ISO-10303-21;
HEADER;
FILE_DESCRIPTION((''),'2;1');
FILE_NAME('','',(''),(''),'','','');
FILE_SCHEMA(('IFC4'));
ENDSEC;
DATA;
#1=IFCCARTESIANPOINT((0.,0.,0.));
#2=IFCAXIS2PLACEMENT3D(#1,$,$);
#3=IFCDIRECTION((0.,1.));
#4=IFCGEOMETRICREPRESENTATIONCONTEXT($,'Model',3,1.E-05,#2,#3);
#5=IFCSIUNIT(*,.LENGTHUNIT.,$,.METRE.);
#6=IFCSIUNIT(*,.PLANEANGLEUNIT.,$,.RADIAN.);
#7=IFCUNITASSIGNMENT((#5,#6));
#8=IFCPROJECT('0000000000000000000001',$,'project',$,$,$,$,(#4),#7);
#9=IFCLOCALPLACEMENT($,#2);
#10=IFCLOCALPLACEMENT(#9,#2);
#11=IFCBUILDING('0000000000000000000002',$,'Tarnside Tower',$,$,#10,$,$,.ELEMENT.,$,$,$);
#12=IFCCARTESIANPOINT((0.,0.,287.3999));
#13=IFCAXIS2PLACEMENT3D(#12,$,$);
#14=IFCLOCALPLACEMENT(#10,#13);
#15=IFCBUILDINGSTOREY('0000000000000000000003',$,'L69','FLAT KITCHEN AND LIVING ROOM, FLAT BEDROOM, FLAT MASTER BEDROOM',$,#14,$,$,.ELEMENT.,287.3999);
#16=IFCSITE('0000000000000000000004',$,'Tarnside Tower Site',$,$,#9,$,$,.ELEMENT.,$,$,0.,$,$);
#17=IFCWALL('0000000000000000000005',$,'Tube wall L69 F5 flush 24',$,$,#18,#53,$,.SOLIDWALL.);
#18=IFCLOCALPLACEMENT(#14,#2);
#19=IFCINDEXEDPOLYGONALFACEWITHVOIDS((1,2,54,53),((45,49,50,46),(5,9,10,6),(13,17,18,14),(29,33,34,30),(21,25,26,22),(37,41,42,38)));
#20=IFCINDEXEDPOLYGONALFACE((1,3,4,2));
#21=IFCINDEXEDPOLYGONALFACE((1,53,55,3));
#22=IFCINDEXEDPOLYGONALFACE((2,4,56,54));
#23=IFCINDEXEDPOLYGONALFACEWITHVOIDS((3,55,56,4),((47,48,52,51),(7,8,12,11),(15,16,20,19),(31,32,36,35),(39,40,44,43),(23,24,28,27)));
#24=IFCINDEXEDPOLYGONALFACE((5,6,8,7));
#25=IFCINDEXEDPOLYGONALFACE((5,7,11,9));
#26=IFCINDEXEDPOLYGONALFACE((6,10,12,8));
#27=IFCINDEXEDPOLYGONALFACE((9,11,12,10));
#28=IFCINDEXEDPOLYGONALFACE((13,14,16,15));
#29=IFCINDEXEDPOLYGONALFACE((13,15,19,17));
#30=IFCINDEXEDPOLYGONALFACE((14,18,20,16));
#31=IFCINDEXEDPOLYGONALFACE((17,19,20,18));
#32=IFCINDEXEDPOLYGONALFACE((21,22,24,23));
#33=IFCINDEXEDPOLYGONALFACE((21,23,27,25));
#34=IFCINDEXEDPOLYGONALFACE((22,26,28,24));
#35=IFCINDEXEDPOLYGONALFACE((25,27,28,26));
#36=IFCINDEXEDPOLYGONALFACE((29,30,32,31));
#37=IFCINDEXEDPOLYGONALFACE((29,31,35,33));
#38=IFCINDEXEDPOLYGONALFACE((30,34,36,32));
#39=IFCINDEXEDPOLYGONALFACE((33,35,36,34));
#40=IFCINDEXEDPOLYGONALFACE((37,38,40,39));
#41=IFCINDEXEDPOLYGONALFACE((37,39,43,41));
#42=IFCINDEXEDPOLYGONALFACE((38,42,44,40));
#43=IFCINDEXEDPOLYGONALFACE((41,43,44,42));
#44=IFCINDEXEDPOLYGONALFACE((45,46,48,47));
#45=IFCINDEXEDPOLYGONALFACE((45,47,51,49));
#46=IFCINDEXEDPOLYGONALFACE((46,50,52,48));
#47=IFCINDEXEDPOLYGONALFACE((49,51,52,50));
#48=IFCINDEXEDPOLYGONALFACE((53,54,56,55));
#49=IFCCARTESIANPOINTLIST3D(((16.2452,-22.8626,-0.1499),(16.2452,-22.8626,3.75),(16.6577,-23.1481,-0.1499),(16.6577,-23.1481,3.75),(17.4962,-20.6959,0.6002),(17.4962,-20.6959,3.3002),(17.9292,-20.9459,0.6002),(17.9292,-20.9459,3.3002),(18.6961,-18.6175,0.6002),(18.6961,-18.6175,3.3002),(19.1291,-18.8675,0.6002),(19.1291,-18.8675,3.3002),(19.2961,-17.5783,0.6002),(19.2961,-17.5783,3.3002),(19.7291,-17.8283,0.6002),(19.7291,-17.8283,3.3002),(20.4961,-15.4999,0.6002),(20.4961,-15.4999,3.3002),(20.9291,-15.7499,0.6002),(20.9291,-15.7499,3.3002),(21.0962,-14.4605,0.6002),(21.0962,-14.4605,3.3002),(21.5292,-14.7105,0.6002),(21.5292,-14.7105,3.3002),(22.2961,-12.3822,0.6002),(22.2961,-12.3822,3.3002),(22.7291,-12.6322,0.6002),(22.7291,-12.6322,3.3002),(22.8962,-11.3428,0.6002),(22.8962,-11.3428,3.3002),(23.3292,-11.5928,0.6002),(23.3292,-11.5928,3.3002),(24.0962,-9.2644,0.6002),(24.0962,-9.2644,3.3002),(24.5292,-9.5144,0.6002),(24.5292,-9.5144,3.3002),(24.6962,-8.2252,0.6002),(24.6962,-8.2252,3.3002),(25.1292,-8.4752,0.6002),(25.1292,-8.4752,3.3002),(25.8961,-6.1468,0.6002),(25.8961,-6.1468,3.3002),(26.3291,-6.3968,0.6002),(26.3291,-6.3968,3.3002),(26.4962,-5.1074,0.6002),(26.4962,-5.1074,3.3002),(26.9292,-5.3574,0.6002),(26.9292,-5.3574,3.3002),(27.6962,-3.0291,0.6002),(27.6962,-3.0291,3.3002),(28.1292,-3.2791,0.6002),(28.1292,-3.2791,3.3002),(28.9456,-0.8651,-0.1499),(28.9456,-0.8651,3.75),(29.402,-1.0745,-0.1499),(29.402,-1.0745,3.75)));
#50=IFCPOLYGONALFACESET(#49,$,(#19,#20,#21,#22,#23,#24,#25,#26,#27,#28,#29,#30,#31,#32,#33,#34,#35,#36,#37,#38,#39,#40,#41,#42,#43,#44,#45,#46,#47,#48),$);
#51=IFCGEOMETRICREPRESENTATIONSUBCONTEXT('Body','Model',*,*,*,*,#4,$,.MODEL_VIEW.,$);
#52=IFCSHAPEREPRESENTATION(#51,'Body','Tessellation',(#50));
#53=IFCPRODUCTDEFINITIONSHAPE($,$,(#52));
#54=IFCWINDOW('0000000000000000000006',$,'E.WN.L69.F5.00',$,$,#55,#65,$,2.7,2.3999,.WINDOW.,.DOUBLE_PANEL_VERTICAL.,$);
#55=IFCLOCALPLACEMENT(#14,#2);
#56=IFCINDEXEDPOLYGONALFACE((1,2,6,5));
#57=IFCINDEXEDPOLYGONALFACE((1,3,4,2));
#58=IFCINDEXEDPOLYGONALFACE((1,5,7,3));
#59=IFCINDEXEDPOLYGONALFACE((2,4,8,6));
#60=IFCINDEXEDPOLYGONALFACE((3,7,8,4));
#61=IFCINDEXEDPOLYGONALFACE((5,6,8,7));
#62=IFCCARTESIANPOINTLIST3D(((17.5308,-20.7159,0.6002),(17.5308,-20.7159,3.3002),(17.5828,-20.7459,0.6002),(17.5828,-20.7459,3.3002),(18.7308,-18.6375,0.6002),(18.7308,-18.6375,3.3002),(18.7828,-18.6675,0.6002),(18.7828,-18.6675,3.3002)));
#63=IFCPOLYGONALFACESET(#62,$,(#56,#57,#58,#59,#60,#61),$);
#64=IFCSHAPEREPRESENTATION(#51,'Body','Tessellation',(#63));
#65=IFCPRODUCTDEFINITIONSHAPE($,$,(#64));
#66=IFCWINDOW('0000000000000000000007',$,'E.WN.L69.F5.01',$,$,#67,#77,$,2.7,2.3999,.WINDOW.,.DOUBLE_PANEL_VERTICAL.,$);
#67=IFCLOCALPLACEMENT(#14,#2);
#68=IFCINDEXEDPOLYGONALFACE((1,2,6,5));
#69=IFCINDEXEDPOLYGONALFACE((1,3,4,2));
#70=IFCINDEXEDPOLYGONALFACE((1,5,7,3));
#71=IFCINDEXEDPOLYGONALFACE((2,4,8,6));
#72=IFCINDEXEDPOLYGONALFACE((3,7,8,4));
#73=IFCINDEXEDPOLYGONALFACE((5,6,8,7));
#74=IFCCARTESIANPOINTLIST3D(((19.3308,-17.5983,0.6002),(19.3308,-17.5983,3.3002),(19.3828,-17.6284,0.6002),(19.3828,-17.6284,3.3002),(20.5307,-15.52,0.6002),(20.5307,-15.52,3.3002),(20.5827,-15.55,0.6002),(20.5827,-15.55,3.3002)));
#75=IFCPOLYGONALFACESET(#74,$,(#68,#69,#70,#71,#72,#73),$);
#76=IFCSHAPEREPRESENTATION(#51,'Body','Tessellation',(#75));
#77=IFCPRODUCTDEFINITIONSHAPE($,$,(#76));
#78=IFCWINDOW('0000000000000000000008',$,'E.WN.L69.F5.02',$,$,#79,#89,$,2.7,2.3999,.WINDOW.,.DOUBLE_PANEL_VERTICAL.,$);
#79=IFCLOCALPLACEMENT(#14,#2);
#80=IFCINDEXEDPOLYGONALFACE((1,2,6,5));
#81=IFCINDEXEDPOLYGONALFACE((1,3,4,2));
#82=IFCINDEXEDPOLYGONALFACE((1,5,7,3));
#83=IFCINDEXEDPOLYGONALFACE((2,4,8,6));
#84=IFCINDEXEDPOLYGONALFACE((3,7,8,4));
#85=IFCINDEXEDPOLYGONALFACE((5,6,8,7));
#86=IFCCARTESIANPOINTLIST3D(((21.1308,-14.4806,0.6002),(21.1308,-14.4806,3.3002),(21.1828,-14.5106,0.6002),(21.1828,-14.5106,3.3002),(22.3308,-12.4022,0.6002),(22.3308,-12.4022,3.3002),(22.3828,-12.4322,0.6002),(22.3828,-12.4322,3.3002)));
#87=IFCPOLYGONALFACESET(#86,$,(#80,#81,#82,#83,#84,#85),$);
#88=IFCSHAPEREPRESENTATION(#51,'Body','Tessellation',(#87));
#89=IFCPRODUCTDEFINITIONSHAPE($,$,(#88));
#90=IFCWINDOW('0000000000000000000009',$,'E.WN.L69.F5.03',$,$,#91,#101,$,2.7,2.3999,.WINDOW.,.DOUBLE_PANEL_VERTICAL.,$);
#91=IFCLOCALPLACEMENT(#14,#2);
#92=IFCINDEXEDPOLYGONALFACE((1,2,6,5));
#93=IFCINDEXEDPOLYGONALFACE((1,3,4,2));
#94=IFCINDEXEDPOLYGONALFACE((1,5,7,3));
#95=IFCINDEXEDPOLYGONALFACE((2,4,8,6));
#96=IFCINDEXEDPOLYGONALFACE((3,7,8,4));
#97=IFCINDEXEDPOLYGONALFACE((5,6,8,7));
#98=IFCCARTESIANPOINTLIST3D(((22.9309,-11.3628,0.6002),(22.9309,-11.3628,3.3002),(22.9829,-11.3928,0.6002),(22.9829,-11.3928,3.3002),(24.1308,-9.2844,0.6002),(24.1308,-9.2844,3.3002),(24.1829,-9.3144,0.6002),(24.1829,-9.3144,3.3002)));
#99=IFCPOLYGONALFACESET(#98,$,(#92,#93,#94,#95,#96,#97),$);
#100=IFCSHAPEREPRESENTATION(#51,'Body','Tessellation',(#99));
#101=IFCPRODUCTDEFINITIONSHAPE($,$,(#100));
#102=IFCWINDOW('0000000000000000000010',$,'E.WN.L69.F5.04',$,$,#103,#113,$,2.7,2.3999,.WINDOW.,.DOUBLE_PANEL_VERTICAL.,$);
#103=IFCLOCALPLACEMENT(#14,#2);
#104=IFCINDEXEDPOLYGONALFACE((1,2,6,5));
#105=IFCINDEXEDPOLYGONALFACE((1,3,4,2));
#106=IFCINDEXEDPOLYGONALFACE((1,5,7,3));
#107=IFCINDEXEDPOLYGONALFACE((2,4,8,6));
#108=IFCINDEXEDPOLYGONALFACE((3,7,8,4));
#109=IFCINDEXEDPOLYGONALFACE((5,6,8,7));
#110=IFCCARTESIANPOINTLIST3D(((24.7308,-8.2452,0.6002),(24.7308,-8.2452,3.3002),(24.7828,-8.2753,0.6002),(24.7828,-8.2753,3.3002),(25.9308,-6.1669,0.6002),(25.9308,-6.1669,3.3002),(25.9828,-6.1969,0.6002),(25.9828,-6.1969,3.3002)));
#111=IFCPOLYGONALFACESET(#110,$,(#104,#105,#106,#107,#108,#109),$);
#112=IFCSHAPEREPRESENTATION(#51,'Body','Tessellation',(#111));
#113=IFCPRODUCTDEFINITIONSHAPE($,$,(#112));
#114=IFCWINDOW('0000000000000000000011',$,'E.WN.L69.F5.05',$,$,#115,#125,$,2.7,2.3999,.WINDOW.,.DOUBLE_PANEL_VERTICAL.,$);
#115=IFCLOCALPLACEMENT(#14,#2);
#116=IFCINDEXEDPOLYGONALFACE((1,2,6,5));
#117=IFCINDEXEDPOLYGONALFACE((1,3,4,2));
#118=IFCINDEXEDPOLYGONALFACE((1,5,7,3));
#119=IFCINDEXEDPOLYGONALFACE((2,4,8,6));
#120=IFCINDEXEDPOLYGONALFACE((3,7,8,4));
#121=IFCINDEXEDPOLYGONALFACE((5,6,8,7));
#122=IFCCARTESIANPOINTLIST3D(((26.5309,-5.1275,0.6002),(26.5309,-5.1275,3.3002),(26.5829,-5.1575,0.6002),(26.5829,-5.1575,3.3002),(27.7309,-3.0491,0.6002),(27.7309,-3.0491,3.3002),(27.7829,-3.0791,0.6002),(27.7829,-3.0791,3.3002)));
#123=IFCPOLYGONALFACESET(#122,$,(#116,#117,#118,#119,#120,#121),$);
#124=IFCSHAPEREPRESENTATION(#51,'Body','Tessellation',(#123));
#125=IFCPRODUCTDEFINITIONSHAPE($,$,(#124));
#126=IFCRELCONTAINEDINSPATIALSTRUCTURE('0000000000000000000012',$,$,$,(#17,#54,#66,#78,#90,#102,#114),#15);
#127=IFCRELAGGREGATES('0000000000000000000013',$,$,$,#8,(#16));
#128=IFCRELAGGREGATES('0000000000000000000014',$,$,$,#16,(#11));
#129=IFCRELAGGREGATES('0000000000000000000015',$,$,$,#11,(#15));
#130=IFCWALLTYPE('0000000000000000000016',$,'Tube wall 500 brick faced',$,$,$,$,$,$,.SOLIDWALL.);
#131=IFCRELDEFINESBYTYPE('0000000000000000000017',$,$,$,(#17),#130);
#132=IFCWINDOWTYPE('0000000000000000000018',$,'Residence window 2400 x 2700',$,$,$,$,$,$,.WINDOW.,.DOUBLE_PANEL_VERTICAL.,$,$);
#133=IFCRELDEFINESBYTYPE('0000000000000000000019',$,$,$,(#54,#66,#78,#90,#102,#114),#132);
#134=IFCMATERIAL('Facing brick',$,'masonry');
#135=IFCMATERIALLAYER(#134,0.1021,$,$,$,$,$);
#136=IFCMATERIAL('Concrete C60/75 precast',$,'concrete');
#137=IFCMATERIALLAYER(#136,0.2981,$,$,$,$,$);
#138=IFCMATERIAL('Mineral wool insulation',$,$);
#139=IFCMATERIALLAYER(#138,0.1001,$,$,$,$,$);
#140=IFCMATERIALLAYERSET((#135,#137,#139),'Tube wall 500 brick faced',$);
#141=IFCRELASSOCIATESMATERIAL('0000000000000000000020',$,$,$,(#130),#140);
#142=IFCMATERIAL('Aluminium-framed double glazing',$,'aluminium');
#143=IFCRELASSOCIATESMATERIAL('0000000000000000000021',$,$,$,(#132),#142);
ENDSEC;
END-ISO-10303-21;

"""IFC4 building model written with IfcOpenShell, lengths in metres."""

from ifc_helpers import new_model, si_unit, direction, frame, frame_2d, origin, place, context, subcontext, project, spatial, polyline, rectangle, outline, extrude, material, layer, layer_set, type_object, element, fill, save


model = new_model("IFC4")

# Units and contexts
model_context = context("Model", 3, precision=1e-05, world=origin(), true_north=direction((0.0, 1.0)))
body_context = subcontext(model_context, "Body", "Model", "MODEL_VIEW")
ifc_project = project(units=[si_unit("LENGTHUNIT", "METRE"), si_unit("PLANEANGLEUNIT", "RADIAN")], contexts=[model_context])

# Site, building, storey
site_placement = place(None, origin())
site = spatial("IfcSite", under=ifc_project, at=site_placement, Name="Tarnside Tower Site", CompositionType="ELEMENT", RefElevation=0.0)
building_placement = place(site_placement, origin())
building = spatial("IfcBuilding", under=site, at=building_placement, Name="Tarnside Tower", CompositionType="ELEMENT")
storey_placement = place(building_placement, frame((0.0, 0.0, 287.3999)))
storey = spatial("IfcBuildingStorey", under=building, at=storey_placement, Name="L69", Description="FLAT KITCHEN AND LIVING ROOM, FLAT BEDROOM, FLAT MASTER BEDROOM", CompositionType="ELEMENT", Elevation=287.3999)

# Shared definitions
ifc_material_1 = material(Name="Concrete C60/75 precast", Category="concrete")
ifc_material_2 = material(Name="Mineral wool insulation")

# Shared definitions
ifc_material_3 = material(Name="Facing brick", Category="masonry")
ifc_layer_1 = layer(ifc_material_3, 0.1021)
ifc_layer_2 = layer(ifc_material_1, 0.2981)
ifc_layer_3 = layer(ifc_material_2, 0.1001)
ifc_layer_set_1 = layer_set([ifc_layer_1, ifc_layer_2, ifc_layer_3], Name="Tube wall 500 brick faced")
wall_type_1 = type_object("IfcWallType", Name="Tube wall 500 brick faced", PredefinedType="SOLIDWALL", material=ifc_layer_set_1)

# Wall, openings, windows
wall_1_placement = place(storey_placement, frame((16.4514, -23.0054, -0.1499), z_axis=(0.0, 0.0, 1.0), x_axis=(0.500004, 0.866023, 0.0)))
wall_1 = element("IfcWall", 1, at=wall_1_placement, inside=storey, type_object=wall_type_1, Name="Tube wall L69 F5 flush 24", PredefinedType="SOLIDWALL", context=body_context, shape_type="SweptSolid", body=[
    extrude(outline(polyline([(-0.0205, -0.25), (25.468, -0.25), (25.4211, 0.25), (0.0205, 0.25), (-0.0205, -0.25)])), origin(), (0.0, 0.0, 1.0), 3.8999),
])
opening_1_placement = place(wall_1_placement, frame((2.5225, 0.0, 0.75)))
opening_1 = element("IfcOpeningElement", 2, at=opening_1_placement, cuts=wall_1, PredefinedType="OPENING", context=body_context, shape_type="SweptSolid", body=[
    extrude(rectangle(XDim=2.3999, YDim=2.7, at=frame_2d((1.2, 1.3501))), frame((0.0, 0.26, 0.0), z_axis=(0.0, -1.0, 0.0), x_axis=(1.0, 0.0, 0.0)), (0.0, 0.0, 1.0), 0.52),
])
opening_2_placement = place(wall_1_placement, frame((6.1223, 0.0, 0.75)))
opening_2 = element("IfcOpeningElement", 3, at=opening_2_placement, cuts=wall_1, PredefinedType="OPENING", context=body_context, shape_type="SweptSolid", body=[
    extrude(rectangle(XDim=2.3999, YDim=2.7, at=frame_2d((1.2, 1.3501))), frame((0.0, 0.26, 0.0), z_axis=(0.0, -1.0, 0.0), x_axis=(1.0, 0.0, 0.0)), (0.0, 0.0, 1.0), 0.52),
])
opening_3_placement = place(wall_1_placement, frame((9.7224, 0.0, 0.75)))
opening_3 = element("IfcOpeningElement", 4, at=opening_3_placement, cuts=wall_1, PredefinedType="OPENING", context=body_context, shape_type="SweptSolid", body=[
    extrude(rectangle(XDim=2.3999, YDim=2.7, at=frame_2d((1.2, 1.3501))), frame((0.0, 0.26, 0.0), z_axis=(0.0, -1.0, 0.0), x_axis=(1.0, 0.0, 0.0)), (0.0, 0.0, 1.0), 0.52),
])
opening_4_placement = place(wall_1_placement, frame((13.3225, 0.0, 0.75)))
opening_4 = element("IfcOpeningElement", 5, at=opening_4_placement, cuts=wall_1, PredefinedType="OPENING", context=body_context, shape_type="SweptSolid", body=[
    extrude(rectangle(XDim=2.3999, YDim=2.7, at=frame_2d((1.2, 1.3501))), frame((0.0, 0.26, 0.0), z_axis=(0.0, -1.0, 0.0), x_axis=(1.0, 0.0, 0.0)), (0.0, 0.0, 1.0), 0.52),
])
opening_5_placement = place(wall_1_placement, frame((16.9224, 0.0, 0.75)))
opening_5 = element("IfcOpeningElement", 6, at=opening_5_placement, cuts=wall_1, PredefinedType="OPENING", context=body_context, shape_type="SweptSolid", body=[
    extrude(rectangle(XDim=2.3999, YDim=2.7, at=frame_2d((1.2, 1.3501))), frame((0.0, 0.26, 0.0), z_axis=(0.0, -1.0, 0.0), x_axis=(1.0, 0.0, 0.0)), (0.0, 0.0, 1.0), 0.52),
])
opening_6_placement = place(wall_1_placement, frame((20.5225, 0.0, 0.75)))
opening_6 = element("IfcOpeningElement", 7, at=opening_6_placement, cuts=wall_1, PredefinedType="OPENING", context=body_context, shape_type="SweptSolid", body=[
    extrude(rectangle(XDim=2.3999, YDim=2.7, at=frame_2d((1.2, 1.3501))), frame((0.0, 0.26, 0.0), z_axis=(0.0, -1.0, 0.0), x_axis=(1.0, 0.0, 0.0)), (0.0, 0.0, 1.0), 0.52),
])
ifc_material_4 = material(Name="Aluminium-framed double glazing", Category="aluminium")
window_type = type_object("IfcWindowType", Name="Residence window 2400 x 2700", PartitioningType="DOUBLE_PANEL_VERTICAL", PredefinedType="WINDOW", material=ifc_material_4)
window_1_placement = place(opening_1_placement, frame((0.0, 0.1799, 0.0)))
window_1 = element("IfcWindow", 8, at=window_1_placement, inside=storey, type_object=window_type, Name="E.WN.L69.F5.00", OverallHeight=2.7, OverallWidth=2.3999, PartitioningType="DOUBLE_PANEL_VERTICAL", PredefinedType="WINDOW", context=body_context, shape_type="SweptSolid", body=[
    extrude(rectangle(XDim=2.3999, YDim=2.7, at=frame_2d((1.2, 1.3501))), frame((0.0, 0.03, 0.0), z_axis=(0.0, -1.0, 0.0), x_axis=(1.0, 0.0, 0.0)), (0.0, 0.0, 1.0), 0.0601),
])
fill(opening_1, window_1)
window_2_placement = place(opening_2_placement, frame((0.0, 0.1799, 0.0)))
window_2 = element("IfcWindow", 9, at=window_2_placement, inside=storey, type_object=window_type, Name="E.WN.L69.F5.01", OverallHeight=2.7, OverallWidth=2.3999, PartitioningType="DOUBLE_PANEL_VERTICAL", PredefinedType="WINDOW", context=body_context, shape_type="SweptSolid", body=[
    extrude(rectangle(XDim=2.3999, YDim=2.7, at=frame_2d((1.2, 1.3501))), frame((0.0, 0.03, 0.0), z_axis=(0.0, -1.0, 0.0), x_axis=(1.0, 0.0, 0.0)), (0.0, 0.0, 1.0), 0.0601),
])
fill(opening_2, window_2)
window_3_placement = place(opening_3_placement, frame((0.0, 0.1799, 0.0)))
window_3 = element("IfcWindow", 10, at=window_3_placement, inside=storey, type_object=window_type, Name="E.WN.L69.F5.02", OverallHeight=2.7, OverallWidth=2.3999, PartitioningType="DOUBLE_PANEL_VERTICAL", PredefinedType="WINDOW", context=body_context, shape_type="SweptSolid", body=[
    extrude(rectangle(XDim=2.3999, YDim=2.7, at=frame_2d((1.2, 1.3501))), frame((0.0, 0.03, 0.0), z_axis=(0.0, -1.0, 0.0), x_axis=(1.0, 0.0, 0.0)), (0.0, 0.0, 1.0), 0.0601),
])
fill(opening_3, window_3)
window_4_placement = place(opening_4_placement, frame((0.0, 0.1799, 0.0)))
window_4 = element("IfcWindow", 11, at=window_4_placement, inside=storey, type_object=window_type, Name="E.WN.L69.F5.03", OverallHeight=2.7, OverallWidth=2.3999, PartitioningType="DOUBLE_PANEL_VERTICAL", PredefinedType="WINDOW", context=body_context, shape_type="SweptSolid", body=[
    extrude(rectangle(XDim=2.3999, YDim=2.7, at=frame_2d((1.2, 1.3501))), frame((0.0, 0.03, 0.0), z_axis=(0.0, -1.0, 0.0), x_axis=(1.0, 0.0, 0.0)), (0.0, 0.0, 1.0), 0.0601),
])
fill(opening_4, window_4)
window_5_placement = place(opening_5_placement, frame((0.0, 0.1799, 0.0)))
window_5 = element("IfcWindow", 12, at=window_5_placement, inside=storey, type_object=window_type, Name="E.WN.L69.F5.04", OverallHeight=2.7, OverallWidth=2.3999, PartitioningType="DOUBLE_PANEL_VERTICAL", PredefinedType="WINDOW", context=body_context, shape_type="SweptSolid", body=[
    extrude(rectangle(XDim=2.3999, YDim=2.7, at=frame_2d((1.2, 1.3501))), frame((0.0, 0.03, 0.0), z_axis=(0.0, -1.0, 0.0), x_axis=(1.0, 0.0, 0.0)), (0.0, 0.0, 1.0), 0.0601),
])
fill(opening_5, window_5)
window_6_placement = place(opening_6_placement, frame((0.0, 0.1799, 0.0)))
window_6 = element("IfcWindow", 13, at=window_6_placement, inside=storey, type_object=window_type, Name="E.WN.L69.F5.05", OverallHeight=2.7, OverallWidth=2.3999, PartitioningType="DOUBLE_PANEL_VERTICAL", PredefinedType="WINDOW", context=body_context, shape_type="SweptSolid", body=[
    extrude(rectangle(XDim=2.3999, YDim=2.7, at=frame_2d((1.2, 1.3501))), frame((0.0, 0.03, 0.0), z_axis=(0.0, -1.0, 0.0), x_axis=(1.0, 0.0, 0.0)), (0.0, 0.0, 1.0), 0.0601),
])
fill(opening_6, window_6)

save(model, "model.ifc")
